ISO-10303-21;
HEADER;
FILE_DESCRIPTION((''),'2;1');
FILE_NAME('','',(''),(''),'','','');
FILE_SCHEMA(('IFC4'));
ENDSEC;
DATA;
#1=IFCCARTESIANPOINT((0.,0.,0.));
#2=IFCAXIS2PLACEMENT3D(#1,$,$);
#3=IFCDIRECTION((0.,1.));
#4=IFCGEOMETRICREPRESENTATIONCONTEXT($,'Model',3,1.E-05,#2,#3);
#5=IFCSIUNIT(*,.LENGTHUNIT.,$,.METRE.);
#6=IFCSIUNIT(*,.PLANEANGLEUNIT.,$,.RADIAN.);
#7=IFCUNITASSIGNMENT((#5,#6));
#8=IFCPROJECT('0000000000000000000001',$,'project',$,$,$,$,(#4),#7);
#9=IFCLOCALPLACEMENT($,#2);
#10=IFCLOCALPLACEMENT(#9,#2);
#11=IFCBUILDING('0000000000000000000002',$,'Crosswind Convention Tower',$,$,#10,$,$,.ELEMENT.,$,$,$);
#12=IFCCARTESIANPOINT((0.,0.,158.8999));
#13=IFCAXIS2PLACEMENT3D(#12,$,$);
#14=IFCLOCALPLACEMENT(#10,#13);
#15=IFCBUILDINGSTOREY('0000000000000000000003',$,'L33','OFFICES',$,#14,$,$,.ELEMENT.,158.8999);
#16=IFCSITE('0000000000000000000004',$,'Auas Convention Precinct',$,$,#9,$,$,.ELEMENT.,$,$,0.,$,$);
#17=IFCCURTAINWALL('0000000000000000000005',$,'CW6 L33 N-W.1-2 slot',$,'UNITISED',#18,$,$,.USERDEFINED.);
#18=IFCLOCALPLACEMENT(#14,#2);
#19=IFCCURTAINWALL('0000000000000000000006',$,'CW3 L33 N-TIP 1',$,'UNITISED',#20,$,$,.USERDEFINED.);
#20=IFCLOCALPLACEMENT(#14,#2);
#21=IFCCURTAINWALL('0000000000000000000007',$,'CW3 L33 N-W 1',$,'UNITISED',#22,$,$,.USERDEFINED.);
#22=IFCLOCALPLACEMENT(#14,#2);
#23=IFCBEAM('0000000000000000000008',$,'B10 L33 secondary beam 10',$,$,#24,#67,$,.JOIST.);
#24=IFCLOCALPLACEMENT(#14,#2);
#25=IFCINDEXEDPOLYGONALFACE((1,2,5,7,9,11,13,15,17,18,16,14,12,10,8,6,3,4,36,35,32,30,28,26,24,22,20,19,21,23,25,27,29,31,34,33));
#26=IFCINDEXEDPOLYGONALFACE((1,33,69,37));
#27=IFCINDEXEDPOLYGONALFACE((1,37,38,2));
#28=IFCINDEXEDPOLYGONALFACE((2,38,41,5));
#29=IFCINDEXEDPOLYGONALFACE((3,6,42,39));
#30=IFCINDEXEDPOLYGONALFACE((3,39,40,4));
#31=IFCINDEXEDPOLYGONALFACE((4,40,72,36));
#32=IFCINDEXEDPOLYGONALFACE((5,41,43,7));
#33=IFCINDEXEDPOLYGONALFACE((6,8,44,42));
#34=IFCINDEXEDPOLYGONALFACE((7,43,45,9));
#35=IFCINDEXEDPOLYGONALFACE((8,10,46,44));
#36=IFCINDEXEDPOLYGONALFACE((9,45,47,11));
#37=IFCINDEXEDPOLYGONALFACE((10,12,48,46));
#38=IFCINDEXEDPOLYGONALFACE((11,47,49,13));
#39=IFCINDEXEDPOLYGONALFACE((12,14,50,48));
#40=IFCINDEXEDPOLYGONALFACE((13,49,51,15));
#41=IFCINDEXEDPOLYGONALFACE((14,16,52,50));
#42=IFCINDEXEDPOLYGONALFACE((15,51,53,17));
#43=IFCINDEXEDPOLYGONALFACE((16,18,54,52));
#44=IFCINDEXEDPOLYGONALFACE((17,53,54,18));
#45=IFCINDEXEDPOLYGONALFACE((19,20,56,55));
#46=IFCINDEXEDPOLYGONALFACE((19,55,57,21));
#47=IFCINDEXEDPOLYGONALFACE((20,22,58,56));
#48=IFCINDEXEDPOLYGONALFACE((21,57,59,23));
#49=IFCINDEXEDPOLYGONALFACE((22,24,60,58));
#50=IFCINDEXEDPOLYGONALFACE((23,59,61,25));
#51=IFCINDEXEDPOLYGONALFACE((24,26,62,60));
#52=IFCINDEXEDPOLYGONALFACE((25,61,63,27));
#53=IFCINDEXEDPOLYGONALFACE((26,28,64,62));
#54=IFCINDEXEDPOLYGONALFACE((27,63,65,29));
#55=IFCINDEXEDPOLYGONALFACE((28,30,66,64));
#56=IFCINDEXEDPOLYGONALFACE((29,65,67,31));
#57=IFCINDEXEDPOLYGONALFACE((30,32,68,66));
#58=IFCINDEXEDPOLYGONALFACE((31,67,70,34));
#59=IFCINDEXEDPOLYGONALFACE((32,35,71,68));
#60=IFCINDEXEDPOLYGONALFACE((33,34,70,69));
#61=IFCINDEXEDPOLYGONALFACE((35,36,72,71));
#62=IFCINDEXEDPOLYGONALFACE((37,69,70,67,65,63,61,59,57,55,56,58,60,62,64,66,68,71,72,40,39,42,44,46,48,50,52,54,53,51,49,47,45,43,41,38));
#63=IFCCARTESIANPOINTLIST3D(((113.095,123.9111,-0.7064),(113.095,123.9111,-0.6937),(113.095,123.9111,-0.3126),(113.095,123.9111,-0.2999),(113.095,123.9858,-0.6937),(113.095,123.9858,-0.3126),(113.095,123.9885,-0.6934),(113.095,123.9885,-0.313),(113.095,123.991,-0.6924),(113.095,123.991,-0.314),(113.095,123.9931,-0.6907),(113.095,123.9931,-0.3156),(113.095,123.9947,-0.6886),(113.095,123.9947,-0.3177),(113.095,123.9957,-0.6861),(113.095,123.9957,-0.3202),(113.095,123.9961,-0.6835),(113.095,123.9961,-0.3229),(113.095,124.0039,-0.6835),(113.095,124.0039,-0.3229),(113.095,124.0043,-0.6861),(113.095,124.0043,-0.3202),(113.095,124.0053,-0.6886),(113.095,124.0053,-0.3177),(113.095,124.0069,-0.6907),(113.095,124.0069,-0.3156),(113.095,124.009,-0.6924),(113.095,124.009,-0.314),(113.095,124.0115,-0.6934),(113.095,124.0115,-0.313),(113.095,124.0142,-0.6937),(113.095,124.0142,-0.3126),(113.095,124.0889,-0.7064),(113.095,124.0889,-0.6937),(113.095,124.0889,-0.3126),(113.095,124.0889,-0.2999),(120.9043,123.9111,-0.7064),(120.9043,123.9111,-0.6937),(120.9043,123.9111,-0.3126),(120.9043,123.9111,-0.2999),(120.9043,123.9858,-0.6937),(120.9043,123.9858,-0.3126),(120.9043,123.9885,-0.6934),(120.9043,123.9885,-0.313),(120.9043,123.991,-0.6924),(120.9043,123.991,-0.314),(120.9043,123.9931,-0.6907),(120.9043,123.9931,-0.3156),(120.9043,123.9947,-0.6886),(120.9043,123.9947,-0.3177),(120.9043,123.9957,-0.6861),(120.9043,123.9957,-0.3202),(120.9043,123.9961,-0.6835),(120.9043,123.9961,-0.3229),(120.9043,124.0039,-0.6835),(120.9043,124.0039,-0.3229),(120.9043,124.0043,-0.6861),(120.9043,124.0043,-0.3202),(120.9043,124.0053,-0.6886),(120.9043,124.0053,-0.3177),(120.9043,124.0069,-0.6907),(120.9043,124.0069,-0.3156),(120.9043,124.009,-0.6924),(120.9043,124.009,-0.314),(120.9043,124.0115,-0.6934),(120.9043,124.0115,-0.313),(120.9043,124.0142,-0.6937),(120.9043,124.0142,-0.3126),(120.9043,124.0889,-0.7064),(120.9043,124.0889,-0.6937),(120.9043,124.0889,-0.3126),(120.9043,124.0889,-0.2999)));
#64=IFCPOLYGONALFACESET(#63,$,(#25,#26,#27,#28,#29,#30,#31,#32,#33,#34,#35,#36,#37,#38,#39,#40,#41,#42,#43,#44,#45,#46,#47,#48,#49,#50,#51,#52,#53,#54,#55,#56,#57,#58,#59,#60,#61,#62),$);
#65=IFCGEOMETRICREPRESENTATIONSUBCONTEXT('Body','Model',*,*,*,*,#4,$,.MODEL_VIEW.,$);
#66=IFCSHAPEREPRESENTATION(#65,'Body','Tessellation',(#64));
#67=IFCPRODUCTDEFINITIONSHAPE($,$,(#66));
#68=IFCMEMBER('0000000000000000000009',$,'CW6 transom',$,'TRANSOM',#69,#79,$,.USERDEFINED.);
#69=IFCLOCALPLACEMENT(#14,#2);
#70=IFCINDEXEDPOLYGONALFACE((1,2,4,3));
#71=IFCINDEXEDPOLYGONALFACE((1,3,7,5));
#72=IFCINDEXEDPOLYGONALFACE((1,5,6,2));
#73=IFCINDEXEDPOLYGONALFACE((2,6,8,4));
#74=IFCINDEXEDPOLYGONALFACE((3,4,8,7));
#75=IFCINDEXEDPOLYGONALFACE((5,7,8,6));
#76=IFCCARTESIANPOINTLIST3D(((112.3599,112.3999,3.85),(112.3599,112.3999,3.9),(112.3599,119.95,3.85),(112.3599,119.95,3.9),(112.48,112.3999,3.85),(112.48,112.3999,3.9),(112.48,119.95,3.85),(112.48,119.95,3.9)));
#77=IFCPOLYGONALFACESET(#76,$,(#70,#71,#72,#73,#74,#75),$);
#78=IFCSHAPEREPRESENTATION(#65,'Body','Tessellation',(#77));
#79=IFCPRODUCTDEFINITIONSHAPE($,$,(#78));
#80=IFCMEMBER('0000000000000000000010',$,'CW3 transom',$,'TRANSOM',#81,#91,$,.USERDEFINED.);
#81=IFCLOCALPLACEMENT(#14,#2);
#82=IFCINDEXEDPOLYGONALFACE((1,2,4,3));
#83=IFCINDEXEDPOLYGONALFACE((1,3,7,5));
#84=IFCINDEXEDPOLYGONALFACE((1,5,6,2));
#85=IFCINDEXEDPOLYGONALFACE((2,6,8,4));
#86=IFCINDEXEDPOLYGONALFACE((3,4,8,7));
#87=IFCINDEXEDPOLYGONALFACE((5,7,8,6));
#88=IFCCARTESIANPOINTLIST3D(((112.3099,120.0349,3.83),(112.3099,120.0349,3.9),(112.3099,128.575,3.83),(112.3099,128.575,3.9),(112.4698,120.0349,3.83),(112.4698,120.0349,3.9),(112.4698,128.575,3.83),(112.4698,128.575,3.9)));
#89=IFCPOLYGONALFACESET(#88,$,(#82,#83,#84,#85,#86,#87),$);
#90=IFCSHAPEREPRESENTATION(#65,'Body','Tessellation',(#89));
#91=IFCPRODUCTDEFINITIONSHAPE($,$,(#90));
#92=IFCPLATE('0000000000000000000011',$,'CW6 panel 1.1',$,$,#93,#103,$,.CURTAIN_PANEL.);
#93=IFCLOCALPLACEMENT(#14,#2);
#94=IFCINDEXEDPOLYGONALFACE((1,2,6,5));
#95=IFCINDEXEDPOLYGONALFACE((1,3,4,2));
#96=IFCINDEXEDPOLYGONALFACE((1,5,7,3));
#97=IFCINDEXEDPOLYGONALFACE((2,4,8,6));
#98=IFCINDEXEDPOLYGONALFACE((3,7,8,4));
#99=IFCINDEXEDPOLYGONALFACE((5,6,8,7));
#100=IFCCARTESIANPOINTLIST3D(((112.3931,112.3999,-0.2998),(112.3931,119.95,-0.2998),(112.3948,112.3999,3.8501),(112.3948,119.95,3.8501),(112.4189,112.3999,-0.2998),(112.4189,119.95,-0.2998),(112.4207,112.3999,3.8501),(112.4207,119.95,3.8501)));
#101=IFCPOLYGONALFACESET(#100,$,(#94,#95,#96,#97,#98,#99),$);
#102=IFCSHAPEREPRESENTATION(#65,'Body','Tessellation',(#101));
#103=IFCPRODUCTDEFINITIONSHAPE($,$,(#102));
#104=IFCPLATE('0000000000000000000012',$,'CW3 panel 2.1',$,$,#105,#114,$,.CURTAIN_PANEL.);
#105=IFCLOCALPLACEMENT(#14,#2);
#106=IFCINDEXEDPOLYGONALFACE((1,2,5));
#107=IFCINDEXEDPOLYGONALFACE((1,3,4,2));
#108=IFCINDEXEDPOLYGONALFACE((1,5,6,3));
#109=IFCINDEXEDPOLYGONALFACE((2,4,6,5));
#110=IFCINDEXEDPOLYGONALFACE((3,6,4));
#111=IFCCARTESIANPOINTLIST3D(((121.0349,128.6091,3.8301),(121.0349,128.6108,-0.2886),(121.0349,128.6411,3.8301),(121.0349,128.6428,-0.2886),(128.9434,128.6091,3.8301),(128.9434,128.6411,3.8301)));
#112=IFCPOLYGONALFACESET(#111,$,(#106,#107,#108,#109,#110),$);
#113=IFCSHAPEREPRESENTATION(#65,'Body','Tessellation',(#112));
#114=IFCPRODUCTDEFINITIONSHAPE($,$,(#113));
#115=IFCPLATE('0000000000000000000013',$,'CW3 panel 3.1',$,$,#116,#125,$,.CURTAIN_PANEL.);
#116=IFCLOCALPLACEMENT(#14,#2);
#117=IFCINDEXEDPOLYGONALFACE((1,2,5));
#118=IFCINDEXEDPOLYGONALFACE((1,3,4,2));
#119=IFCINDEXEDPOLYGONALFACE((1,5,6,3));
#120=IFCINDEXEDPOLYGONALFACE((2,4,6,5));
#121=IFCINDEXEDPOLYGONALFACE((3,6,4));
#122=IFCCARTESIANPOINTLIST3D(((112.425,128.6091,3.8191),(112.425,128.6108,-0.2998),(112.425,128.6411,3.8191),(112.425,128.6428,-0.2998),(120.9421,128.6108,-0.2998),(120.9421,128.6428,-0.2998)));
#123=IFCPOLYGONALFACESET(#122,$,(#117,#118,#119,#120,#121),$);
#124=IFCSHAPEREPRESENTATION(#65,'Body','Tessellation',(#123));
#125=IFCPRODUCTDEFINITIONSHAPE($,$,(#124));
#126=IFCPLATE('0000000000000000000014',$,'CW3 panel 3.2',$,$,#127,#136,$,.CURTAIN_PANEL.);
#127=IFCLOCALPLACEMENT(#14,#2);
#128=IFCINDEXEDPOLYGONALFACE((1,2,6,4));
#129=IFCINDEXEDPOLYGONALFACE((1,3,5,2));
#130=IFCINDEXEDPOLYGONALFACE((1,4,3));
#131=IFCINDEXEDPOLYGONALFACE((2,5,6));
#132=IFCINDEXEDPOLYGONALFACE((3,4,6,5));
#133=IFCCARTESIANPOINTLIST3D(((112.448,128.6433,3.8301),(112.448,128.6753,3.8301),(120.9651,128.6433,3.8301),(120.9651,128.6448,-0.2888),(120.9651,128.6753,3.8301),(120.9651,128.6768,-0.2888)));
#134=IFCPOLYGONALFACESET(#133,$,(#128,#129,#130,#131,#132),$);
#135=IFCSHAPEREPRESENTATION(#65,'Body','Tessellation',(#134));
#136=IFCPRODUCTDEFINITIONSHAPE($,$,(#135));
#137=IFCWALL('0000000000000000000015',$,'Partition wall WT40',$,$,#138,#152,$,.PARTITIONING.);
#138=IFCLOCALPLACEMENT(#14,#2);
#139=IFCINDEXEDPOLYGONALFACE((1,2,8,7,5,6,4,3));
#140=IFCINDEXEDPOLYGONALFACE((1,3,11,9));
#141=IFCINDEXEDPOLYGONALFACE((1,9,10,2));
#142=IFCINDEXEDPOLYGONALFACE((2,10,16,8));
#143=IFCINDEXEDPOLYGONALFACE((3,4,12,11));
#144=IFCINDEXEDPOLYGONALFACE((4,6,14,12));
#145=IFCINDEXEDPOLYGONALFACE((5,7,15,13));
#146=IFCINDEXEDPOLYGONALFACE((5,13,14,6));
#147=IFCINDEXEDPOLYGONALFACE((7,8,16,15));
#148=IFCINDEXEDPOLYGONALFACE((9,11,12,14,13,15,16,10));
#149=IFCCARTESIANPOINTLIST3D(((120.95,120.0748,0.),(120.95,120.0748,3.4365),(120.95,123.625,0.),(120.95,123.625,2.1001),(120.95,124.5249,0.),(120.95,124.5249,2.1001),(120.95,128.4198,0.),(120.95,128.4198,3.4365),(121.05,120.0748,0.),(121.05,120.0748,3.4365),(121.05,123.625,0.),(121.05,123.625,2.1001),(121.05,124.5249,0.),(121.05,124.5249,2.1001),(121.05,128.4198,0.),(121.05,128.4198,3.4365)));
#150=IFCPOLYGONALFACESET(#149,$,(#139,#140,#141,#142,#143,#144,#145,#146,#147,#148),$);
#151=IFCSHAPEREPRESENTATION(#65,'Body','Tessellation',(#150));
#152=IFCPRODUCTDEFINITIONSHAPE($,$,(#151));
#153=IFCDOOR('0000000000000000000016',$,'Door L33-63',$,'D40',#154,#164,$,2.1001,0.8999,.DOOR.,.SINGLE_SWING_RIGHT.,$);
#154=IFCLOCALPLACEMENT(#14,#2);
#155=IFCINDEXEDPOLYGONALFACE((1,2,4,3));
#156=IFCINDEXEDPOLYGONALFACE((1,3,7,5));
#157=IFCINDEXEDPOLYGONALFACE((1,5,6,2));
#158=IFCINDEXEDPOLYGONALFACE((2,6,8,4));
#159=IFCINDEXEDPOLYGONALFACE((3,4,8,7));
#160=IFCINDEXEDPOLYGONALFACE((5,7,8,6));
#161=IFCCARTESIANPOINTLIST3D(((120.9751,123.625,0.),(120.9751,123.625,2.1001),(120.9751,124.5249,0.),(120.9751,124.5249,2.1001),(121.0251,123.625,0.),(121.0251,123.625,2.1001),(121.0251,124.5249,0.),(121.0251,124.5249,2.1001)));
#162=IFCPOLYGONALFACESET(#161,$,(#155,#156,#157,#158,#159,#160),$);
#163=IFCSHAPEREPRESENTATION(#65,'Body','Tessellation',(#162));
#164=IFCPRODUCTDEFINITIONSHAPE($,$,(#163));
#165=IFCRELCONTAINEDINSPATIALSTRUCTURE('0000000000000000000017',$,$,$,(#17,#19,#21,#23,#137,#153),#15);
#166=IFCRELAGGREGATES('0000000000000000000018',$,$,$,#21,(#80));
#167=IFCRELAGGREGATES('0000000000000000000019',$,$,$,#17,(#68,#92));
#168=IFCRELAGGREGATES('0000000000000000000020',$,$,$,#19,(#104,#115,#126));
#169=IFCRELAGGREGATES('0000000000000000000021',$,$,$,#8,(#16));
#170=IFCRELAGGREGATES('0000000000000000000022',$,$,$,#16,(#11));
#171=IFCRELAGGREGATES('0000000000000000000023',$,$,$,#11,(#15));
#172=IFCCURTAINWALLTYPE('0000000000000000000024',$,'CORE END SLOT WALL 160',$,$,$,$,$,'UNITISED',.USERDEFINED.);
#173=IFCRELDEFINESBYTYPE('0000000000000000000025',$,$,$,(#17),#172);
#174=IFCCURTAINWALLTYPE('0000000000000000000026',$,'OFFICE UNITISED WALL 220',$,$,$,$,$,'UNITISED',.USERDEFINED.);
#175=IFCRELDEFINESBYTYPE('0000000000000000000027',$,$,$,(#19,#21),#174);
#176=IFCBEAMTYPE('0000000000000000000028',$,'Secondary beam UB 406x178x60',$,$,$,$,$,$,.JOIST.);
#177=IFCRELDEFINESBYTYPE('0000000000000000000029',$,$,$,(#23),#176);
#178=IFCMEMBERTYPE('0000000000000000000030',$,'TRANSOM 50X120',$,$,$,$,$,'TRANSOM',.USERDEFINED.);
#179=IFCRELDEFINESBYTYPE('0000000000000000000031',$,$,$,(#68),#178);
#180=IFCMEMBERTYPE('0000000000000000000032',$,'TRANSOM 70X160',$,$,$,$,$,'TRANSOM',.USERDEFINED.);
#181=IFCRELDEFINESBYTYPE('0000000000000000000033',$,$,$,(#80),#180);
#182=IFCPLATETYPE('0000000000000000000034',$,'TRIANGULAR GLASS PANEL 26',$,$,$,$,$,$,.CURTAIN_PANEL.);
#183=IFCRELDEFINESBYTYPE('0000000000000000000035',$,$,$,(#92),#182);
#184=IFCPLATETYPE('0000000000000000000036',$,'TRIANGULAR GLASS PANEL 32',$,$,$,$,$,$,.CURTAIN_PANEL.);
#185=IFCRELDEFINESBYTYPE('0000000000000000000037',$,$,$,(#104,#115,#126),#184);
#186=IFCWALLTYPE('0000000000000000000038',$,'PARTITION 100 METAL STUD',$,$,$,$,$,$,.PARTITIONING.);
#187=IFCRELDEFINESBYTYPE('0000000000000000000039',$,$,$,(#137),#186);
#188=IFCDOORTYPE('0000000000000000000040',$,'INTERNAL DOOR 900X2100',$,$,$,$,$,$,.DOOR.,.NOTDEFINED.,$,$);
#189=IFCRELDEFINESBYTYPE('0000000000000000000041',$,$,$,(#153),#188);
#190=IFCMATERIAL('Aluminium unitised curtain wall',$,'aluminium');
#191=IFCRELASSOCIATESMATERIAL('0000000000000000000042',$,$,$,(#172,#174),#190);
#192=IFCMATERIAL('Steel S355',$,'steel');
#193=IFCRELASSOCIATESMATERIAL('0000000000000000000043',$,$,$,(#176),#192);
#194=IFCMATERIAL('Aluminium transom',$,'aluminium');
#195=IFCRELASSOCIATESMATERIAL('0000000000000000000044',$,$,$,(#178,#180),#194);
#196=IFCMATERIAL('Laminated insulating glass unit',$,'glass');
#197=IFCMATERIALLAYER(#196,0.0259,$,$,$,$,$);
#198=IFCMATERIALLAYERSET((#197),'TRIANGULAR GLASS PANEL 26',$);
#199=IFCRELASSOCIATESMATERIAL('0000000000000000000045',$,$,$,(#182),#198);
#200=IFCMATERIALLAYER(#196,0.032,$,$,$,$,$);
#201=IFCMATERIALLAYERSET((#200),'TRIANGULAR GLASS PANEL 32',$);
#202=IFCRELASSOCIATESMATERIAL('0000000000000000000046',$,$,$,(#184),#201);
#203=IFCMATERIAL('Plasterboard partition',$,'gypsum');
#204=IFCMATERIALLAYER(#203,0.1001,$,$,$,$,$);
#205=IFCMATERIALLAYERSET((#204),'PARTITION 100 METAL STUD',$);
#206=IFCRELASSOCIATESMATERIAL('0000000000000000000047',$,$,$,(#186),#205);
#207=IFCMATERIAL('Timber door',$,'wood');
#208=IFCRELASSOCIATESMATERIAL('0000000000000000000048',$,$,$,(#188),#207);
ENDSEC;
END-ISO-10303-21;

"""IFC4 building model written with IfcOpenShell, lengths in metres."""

from ifc_helpers import new_model, si_unit, direction, frame, frame_2d, origin, origin_2d, place, context, subcontext, project, spatial, polyline, rectangle, i_section, outline, extrude, material, layer, layer_set, material_profile, profile_set, type_object, element, fill, aggregate, save


model = new_model("IFC4")

# Units and contexts
model_context = context("Model", 3, precision=1e-05, world=origin(), true_north=direction((0.0, 1.0)))
body_context = subcontext(model_context, "Body", "Model", "MODEL_VIEW")
ifc_project = project(units=[si_unit("LENGTHUNIT", "METRE"), si_unit("PLANEANGLEUNIT", "RADIAN")], contexts=[model_context])

# Site, building, storey
site_placement = place(None, origin())
site = spatial("IfcSite", under=ifc_project, at=site_placement, Name="Auas Convention Precinct", CompositionType="ELEMENT", RefElevation=0.0)
building_placement = place(site_placement, origin())
building = spatial("IfcBuilding", under=site, at=building_placement, Name="Crosswind Convention Tower", CompositionType="ELEMENT")
storey_placement = place(building_placement, frame((0.0, 0.0, 158.8999)))
storey = spatial("IfcBuildingStorey", under=building, at=storey_placement, Name="L33", Description="OFFICES", CompositionType="ELEMENT", Elevation=158.8999)

# Shared definitions
ifc_material_1 = material(Name="Steel S355", Category="steel")

# Curtain wall
ifc_material_2 = material(Name="Aluminium unitised curtain wall", Category="aluminium")
curtain_wall_type_1 = type_object("IfcCurtainWallType", Name="CORE END SLOT WALL 160", ElementType="UNITISED", PredefinedType="USERDEFINED", material=ifc_material_2)
curtain_wall_1_placement = place(storey_placement, origin())
curtain_wall_1 = element("IfcCurtainWall", 1, at=curtain_wall_1_placement, inside=storey, type_object=curtain_wall_type_1, Name="CW6 L33 N-W.1-2 slot", ObjectType="UNITISED", PredefinedType="USERDEFINED")

# Curtain wall
curtain_wall_type_2 = type_object("IfcCurtainWallType", Name="OFFICE UNITISED WALL 220", ElementType="UNITISED", PredefinedType="USERDEFINED", material=ifc_material_2)
curtain_wall_2_placement = place(storey_placement, origin())
curtain_wall_2 = element("IfcCurtainWall", 2, at=curtain_wall_2_placement, inside=storey, type_object=curtain_wall_type_2, Name="CW3 L33 N-TIP 1", ObjectType="UNITISED", PredefinedType="USERDEFINED")

# Curtain wall
curtain_wall_3_placement = place(storey_placement, origin())
curtain_wall_3 = element("IfcCurtainWall", 3, at=curtain_wall_3_placement, inside=storey, type_object=curtain_wall_type_2, Name="CW3 L33 N-W 1", ObjectType="UNITISED", PredefinedType="USERDEFINED")

# Beam
ifc_material_profile_1 = material_profile(ifc_material_1, i_section(OverallWidth=0.1777, OverallDepth=0.4065, WebThickness=0.0078, FlangeThickness=0.0127, FilletRadius=0.0103, at=origin_2d()), Name="UB 406x178x60")
ifc_profile_set_1 = profile_set([ifc_material_profile_1], Name="Steel S355")
beam_type_1 = type_object("IfcBeamType", Name="Secondary beam UB 406x178x60", PredefinedType="JOIST", material=ifc_profile_set_1)
beam_placement = place(storey_placement, frame((113.095, 124.0, -0.5032), z_axis=(1.0, 0.0, 0.0), x_axis=(0.0, 1.0, 0.0)))
element("IfcBeam", 4, at=beam_placement, inside=storey, type_object=beam_type_1, Name="B10 L33 secondary beam 10", PredefinedType="JOIST", context=body_context, shape_type="SweptSolid", body=[
    extrude(i_section(OverallWidth=0.1777, OverallDepth=0.4065, WebThickness=0.0078, FlangeThickness=0.0127, FilletRadius=0.0103, at=origin_2d()), origin(), (0.0, 0.0, 1.0), 7.8093),
])

# Members
ifc_material_3 = material(Name="Aluminium transom", Category="aluminium")
ifc_material_profile_2 = material_profile(ifc_material_3, rectangle(XDim=0.1201, YDim=0.05, at=origin_2d()), Name="AL 120X50")
ifc_profile_set_2 = profile_set([ifc_material_profile_2], Name="Aluminium transom")
member_type_1 = type_object("IfcMemberType", Name="TRANSOM 50X120", ElementType="TRANSOM", PredefinedType="USERDEFINED", material=ifc_profile_set_2)
member_1_placement = place(storey_placement, frame((112.4199, 119.95, 3.875), z_axis=(0.0, -1.0, 0.0), x_axis=(1.0, 0.0, 0.0)))
member_1 = element("IfcMember", 5, at=member_1_placement, type_object=member_type_1, Name="CW6 transom", ObjectType="TRANSOM", PredefinedType="USERDEFINED", context=body_context, shape_type="SweptSolid", body=[
    extrude(rectangle(XDim=0.1201, YDim=0.05, at=origin_2d()), origin(), (0.0, 0.0, 1.0), 7.55),
])
ifc_material_profile_3 = material_profile(ifc_material_3, rectangle(XDim=0.1599, YDim=0.0701, at=origin_2d()), Name="AL 160X70")
ifc_profile_set_3 = profile_set([ifc_material_profile_3], Name="Aluminium transom")
member_type_2 = type_object("IfcMemberType", Name="TRANSOM 70X160", ElementType="TRANSOM", PredefinedType="USERDEFINED", material=ifc_profile_set_3)
member_2_placement = place(storey_placement, frame((112.3899, 128.575, 3.865), z_axis=(0.0, -1.0, 0.0), x_axis=(1.0, 0.0, 0.0)))
member_2 = element("IfcMember", 6, at=member_2_placement, type_object=member_type_2, Name="CW3 transom", ObjectType="TRANSOM", PredefinedType="USERDEFINED", context=body_context, shape_type="SweptSolid", body=[
    extrude(rectangle(XDim=0.1599, YDim=0.0701, at=origin_2d()), origin(), (0.0, 0.0, 1.0), 8.54),
])
aggregate(curtain_wall_3, [member_2])

# Plates
ifc_material_4 = material(Name="Laminated insulating glass unit", Category="glass")
ifc_layer_1 = layer(ifc_material_4, 0.0259)
ifc_layer_set_1 = layer_set([ifc_layer_1], Name="TRIANGULAR GLASS PANEL 26")
plate_type_1 = type_object("IfcPlateType", Name="TRIANGULAR GLASS PANEL 26", PredefinedType="CURTAIN_PANEL", material=ifc_layer_set_1)
plate_1_placement = place(storey_placement, frame((112.3931, 119.95, -0.2998), z_axis=(-1.0, 0.0, 0.000412), x_axis=(0.0, -1.0, 0.0)))
plate_1 = element("IfcPlate", 7, at=plate_1_placement, type_object=plate_type_1, Name="CW6 panel 1.1", PredefinedType="CURTAIN_PANEL", context=body_context, shape_type="SweptSolid", body=[
    extrude(outline(polyline([(0.0, 0.0), (7.55, 0.0), (7.55, 4.1499), (0.0, 4.1499), (0.0, 0.0)])), origin(), (0.0, 0.0, -1.0), 0.0259),
])
aggregate(curtain_wall_1, [member_1, plate_1])
ifc_layer_2 = layer(ifc_material_4, 0.032)
ifc_layer_set_2 = layer_set([ifc_layer_2], Name="TRIANGULAR GLASS PANEL 32")
plate_type_2 = type_object("IfcPlateType", Name="TRIANGULAR GLASS PANEL 32", PredefinedType="CURTAIN_PANEL", material=ifc_layer_set_2)
plate_2_placement = place(storey_placement, frame((121.0349, 128.6411, 3.8301), z_axis=(0.0, 1.0, 0.000415), x_axis=(1.0, 0.0, 0.0)))
plate_2 = element("IfcPlate", 8, at=plate_2_placement, type_object=plate_type_2, Name="CW3 panel 2.1", PredefinedType="CURTAIN_PANEL", context=body_context, shape_type="SweptSolid", body=[
    extrude(outline(polyline([(0.0, 0.0), (7.9084, 0.0), (0.0, 4.1187), (0.0, 0.0)])), origin(), (0.0, 0.0, -1.0), 0.032),
])
plate_3_placement = place(storey_placement, frame((112.425, 128.6428, -0.2998), z_axis=(0.0, 1.0, 0.000415), x_axis=(0.0, -0.000415, 1.0)))
plate_3 = element("IfcPlate", 9, at=plate_3_placement, type_object=plate_type_2, Name="CW3 panel 3.1", PredefinedType="CURTAIN_PANEL", context=body_context, shape_type="SweptSolid", body=[
    extrude(outline(polyline([(0.0, 0.0), (4.1189, 0.0), (0.0, 8.5171), (0.0, 0.0)])), origin(), (0.0, 0.0, -1.0), 0.032),
])
plate_4_placement = place(storey_placement, frame((120.9651, 128.6753, 3.8301), z_axis=(0.0, 1.0, 0.000356), x_axis=(0.0, 0.000356, -1.0)))
plate_4 = element("IfcPlate", 10, at=plate_4_placement, type_object=plate_type_2, Name="CW3 panel 3.2", PredefinedType="CURTAIN_PANEL", context=body_context, shape_type="SweptSolid", body=[
    extrude(outline(polyline([(0.0, 0.0), (4.1189, 0.0), (0.0, 8.5171), (0.0, 0.0)])), origin(), (0.0, 0.0, -1.0), 0.032),
])
aggregate(curtain_wall_2, [plate_2, plate_3, plate_4])

# Wall, opening, door
ifc_material_5 = material(Name="Plasterboard partition", Category="gypsum")
ifc_layer_3 = layer(ifc_material_5, 0.1001)
ifc_layer_set_3 = layer_set([ifc_layer_3], Name="PARTITION 100 METAL STUD")
wall_type_1 = type_object("IfcWallType", Name="PARTITION 100 METAL STUD", PredefinedType="PARTITIONING", material=ifc_layer_set_3)
wall_1_placement = place(storey_placement, frame((121.0, 120.075, 0.0), z_axis=(0.0, 0.0, 1.0), x_axis=(0.0, 1.0, 0.0)))
wall_1 = element("IfcWall", 11, at=wall_1_placement, inside=storey, type_object=wall_type_1, Name="Partition wall WT40", PredefinedType="PARTITIONING", context=body_context, shape_type="SweptSolid", body=[
    extrude(rectangle(XDim=8.345, YDim=0.1001, at=frame_2d((4.1724, 0.0))), origin(), (0.0, 0.0, 1.0), 3.4365),
])
opening_1_placement = place(wall_1_placement, frame((3.55, 0.0, 0.0)))
opening_1 = element("IfcOpeningElement", 12, at=opening_1_placement, cuts=wall_1, PredefinedType="OPENING", context=body_context, shape_type="SweptSolid", body=[
    extrude(rectangle(XDim=0.8999, YDim=2.1001, at=frame_2d((0.45, 1.05))), frame((0.0, 0.0601, 0.0), z_axis=(0.0, -1.0, 0.0), x_axis=(1.0, 0.0, 0.0)), (0.0, 0.0, 1.0), 0.1201),
])
ifc_material_6 = material(Name="Timber door", Category="wood")
door_type_1 = type_object("IfcDoorType", Name="INTERNAL DOOR 900X2100", OperationType="NOTDEFINED", PredefinedType="DOOR", material=ifc_material_6)
door_1_placement = place(opening_1_placement, origin())
door_1 = element("IfcDoor", 13, at=door_1_placement, inside=storey, type_object=door_type_1, Name="Door L33-63", ObjectType="D40", OperationType="SINGLE_SWING_RIGHT", OverallHeight=2.1001, OverallWidth=0.8999, PredefinedType="DOOR", context=body_context, shape_type="SweptSolid", body=[
    extrude(rectangle(XDim=0.8999, YDim=2.1001, at=frame_2d((0.45, 1.05))), frame((0.0, 0.0249, 0.0), z_axis=(0.0, -1.0, 0.0), x_axis=(1.0, 0.0, 0.0)), (0.0, 0.0, 1.0), 0.05),
])
fill(opening_1, door_1)

save(model, "model.ifc")
